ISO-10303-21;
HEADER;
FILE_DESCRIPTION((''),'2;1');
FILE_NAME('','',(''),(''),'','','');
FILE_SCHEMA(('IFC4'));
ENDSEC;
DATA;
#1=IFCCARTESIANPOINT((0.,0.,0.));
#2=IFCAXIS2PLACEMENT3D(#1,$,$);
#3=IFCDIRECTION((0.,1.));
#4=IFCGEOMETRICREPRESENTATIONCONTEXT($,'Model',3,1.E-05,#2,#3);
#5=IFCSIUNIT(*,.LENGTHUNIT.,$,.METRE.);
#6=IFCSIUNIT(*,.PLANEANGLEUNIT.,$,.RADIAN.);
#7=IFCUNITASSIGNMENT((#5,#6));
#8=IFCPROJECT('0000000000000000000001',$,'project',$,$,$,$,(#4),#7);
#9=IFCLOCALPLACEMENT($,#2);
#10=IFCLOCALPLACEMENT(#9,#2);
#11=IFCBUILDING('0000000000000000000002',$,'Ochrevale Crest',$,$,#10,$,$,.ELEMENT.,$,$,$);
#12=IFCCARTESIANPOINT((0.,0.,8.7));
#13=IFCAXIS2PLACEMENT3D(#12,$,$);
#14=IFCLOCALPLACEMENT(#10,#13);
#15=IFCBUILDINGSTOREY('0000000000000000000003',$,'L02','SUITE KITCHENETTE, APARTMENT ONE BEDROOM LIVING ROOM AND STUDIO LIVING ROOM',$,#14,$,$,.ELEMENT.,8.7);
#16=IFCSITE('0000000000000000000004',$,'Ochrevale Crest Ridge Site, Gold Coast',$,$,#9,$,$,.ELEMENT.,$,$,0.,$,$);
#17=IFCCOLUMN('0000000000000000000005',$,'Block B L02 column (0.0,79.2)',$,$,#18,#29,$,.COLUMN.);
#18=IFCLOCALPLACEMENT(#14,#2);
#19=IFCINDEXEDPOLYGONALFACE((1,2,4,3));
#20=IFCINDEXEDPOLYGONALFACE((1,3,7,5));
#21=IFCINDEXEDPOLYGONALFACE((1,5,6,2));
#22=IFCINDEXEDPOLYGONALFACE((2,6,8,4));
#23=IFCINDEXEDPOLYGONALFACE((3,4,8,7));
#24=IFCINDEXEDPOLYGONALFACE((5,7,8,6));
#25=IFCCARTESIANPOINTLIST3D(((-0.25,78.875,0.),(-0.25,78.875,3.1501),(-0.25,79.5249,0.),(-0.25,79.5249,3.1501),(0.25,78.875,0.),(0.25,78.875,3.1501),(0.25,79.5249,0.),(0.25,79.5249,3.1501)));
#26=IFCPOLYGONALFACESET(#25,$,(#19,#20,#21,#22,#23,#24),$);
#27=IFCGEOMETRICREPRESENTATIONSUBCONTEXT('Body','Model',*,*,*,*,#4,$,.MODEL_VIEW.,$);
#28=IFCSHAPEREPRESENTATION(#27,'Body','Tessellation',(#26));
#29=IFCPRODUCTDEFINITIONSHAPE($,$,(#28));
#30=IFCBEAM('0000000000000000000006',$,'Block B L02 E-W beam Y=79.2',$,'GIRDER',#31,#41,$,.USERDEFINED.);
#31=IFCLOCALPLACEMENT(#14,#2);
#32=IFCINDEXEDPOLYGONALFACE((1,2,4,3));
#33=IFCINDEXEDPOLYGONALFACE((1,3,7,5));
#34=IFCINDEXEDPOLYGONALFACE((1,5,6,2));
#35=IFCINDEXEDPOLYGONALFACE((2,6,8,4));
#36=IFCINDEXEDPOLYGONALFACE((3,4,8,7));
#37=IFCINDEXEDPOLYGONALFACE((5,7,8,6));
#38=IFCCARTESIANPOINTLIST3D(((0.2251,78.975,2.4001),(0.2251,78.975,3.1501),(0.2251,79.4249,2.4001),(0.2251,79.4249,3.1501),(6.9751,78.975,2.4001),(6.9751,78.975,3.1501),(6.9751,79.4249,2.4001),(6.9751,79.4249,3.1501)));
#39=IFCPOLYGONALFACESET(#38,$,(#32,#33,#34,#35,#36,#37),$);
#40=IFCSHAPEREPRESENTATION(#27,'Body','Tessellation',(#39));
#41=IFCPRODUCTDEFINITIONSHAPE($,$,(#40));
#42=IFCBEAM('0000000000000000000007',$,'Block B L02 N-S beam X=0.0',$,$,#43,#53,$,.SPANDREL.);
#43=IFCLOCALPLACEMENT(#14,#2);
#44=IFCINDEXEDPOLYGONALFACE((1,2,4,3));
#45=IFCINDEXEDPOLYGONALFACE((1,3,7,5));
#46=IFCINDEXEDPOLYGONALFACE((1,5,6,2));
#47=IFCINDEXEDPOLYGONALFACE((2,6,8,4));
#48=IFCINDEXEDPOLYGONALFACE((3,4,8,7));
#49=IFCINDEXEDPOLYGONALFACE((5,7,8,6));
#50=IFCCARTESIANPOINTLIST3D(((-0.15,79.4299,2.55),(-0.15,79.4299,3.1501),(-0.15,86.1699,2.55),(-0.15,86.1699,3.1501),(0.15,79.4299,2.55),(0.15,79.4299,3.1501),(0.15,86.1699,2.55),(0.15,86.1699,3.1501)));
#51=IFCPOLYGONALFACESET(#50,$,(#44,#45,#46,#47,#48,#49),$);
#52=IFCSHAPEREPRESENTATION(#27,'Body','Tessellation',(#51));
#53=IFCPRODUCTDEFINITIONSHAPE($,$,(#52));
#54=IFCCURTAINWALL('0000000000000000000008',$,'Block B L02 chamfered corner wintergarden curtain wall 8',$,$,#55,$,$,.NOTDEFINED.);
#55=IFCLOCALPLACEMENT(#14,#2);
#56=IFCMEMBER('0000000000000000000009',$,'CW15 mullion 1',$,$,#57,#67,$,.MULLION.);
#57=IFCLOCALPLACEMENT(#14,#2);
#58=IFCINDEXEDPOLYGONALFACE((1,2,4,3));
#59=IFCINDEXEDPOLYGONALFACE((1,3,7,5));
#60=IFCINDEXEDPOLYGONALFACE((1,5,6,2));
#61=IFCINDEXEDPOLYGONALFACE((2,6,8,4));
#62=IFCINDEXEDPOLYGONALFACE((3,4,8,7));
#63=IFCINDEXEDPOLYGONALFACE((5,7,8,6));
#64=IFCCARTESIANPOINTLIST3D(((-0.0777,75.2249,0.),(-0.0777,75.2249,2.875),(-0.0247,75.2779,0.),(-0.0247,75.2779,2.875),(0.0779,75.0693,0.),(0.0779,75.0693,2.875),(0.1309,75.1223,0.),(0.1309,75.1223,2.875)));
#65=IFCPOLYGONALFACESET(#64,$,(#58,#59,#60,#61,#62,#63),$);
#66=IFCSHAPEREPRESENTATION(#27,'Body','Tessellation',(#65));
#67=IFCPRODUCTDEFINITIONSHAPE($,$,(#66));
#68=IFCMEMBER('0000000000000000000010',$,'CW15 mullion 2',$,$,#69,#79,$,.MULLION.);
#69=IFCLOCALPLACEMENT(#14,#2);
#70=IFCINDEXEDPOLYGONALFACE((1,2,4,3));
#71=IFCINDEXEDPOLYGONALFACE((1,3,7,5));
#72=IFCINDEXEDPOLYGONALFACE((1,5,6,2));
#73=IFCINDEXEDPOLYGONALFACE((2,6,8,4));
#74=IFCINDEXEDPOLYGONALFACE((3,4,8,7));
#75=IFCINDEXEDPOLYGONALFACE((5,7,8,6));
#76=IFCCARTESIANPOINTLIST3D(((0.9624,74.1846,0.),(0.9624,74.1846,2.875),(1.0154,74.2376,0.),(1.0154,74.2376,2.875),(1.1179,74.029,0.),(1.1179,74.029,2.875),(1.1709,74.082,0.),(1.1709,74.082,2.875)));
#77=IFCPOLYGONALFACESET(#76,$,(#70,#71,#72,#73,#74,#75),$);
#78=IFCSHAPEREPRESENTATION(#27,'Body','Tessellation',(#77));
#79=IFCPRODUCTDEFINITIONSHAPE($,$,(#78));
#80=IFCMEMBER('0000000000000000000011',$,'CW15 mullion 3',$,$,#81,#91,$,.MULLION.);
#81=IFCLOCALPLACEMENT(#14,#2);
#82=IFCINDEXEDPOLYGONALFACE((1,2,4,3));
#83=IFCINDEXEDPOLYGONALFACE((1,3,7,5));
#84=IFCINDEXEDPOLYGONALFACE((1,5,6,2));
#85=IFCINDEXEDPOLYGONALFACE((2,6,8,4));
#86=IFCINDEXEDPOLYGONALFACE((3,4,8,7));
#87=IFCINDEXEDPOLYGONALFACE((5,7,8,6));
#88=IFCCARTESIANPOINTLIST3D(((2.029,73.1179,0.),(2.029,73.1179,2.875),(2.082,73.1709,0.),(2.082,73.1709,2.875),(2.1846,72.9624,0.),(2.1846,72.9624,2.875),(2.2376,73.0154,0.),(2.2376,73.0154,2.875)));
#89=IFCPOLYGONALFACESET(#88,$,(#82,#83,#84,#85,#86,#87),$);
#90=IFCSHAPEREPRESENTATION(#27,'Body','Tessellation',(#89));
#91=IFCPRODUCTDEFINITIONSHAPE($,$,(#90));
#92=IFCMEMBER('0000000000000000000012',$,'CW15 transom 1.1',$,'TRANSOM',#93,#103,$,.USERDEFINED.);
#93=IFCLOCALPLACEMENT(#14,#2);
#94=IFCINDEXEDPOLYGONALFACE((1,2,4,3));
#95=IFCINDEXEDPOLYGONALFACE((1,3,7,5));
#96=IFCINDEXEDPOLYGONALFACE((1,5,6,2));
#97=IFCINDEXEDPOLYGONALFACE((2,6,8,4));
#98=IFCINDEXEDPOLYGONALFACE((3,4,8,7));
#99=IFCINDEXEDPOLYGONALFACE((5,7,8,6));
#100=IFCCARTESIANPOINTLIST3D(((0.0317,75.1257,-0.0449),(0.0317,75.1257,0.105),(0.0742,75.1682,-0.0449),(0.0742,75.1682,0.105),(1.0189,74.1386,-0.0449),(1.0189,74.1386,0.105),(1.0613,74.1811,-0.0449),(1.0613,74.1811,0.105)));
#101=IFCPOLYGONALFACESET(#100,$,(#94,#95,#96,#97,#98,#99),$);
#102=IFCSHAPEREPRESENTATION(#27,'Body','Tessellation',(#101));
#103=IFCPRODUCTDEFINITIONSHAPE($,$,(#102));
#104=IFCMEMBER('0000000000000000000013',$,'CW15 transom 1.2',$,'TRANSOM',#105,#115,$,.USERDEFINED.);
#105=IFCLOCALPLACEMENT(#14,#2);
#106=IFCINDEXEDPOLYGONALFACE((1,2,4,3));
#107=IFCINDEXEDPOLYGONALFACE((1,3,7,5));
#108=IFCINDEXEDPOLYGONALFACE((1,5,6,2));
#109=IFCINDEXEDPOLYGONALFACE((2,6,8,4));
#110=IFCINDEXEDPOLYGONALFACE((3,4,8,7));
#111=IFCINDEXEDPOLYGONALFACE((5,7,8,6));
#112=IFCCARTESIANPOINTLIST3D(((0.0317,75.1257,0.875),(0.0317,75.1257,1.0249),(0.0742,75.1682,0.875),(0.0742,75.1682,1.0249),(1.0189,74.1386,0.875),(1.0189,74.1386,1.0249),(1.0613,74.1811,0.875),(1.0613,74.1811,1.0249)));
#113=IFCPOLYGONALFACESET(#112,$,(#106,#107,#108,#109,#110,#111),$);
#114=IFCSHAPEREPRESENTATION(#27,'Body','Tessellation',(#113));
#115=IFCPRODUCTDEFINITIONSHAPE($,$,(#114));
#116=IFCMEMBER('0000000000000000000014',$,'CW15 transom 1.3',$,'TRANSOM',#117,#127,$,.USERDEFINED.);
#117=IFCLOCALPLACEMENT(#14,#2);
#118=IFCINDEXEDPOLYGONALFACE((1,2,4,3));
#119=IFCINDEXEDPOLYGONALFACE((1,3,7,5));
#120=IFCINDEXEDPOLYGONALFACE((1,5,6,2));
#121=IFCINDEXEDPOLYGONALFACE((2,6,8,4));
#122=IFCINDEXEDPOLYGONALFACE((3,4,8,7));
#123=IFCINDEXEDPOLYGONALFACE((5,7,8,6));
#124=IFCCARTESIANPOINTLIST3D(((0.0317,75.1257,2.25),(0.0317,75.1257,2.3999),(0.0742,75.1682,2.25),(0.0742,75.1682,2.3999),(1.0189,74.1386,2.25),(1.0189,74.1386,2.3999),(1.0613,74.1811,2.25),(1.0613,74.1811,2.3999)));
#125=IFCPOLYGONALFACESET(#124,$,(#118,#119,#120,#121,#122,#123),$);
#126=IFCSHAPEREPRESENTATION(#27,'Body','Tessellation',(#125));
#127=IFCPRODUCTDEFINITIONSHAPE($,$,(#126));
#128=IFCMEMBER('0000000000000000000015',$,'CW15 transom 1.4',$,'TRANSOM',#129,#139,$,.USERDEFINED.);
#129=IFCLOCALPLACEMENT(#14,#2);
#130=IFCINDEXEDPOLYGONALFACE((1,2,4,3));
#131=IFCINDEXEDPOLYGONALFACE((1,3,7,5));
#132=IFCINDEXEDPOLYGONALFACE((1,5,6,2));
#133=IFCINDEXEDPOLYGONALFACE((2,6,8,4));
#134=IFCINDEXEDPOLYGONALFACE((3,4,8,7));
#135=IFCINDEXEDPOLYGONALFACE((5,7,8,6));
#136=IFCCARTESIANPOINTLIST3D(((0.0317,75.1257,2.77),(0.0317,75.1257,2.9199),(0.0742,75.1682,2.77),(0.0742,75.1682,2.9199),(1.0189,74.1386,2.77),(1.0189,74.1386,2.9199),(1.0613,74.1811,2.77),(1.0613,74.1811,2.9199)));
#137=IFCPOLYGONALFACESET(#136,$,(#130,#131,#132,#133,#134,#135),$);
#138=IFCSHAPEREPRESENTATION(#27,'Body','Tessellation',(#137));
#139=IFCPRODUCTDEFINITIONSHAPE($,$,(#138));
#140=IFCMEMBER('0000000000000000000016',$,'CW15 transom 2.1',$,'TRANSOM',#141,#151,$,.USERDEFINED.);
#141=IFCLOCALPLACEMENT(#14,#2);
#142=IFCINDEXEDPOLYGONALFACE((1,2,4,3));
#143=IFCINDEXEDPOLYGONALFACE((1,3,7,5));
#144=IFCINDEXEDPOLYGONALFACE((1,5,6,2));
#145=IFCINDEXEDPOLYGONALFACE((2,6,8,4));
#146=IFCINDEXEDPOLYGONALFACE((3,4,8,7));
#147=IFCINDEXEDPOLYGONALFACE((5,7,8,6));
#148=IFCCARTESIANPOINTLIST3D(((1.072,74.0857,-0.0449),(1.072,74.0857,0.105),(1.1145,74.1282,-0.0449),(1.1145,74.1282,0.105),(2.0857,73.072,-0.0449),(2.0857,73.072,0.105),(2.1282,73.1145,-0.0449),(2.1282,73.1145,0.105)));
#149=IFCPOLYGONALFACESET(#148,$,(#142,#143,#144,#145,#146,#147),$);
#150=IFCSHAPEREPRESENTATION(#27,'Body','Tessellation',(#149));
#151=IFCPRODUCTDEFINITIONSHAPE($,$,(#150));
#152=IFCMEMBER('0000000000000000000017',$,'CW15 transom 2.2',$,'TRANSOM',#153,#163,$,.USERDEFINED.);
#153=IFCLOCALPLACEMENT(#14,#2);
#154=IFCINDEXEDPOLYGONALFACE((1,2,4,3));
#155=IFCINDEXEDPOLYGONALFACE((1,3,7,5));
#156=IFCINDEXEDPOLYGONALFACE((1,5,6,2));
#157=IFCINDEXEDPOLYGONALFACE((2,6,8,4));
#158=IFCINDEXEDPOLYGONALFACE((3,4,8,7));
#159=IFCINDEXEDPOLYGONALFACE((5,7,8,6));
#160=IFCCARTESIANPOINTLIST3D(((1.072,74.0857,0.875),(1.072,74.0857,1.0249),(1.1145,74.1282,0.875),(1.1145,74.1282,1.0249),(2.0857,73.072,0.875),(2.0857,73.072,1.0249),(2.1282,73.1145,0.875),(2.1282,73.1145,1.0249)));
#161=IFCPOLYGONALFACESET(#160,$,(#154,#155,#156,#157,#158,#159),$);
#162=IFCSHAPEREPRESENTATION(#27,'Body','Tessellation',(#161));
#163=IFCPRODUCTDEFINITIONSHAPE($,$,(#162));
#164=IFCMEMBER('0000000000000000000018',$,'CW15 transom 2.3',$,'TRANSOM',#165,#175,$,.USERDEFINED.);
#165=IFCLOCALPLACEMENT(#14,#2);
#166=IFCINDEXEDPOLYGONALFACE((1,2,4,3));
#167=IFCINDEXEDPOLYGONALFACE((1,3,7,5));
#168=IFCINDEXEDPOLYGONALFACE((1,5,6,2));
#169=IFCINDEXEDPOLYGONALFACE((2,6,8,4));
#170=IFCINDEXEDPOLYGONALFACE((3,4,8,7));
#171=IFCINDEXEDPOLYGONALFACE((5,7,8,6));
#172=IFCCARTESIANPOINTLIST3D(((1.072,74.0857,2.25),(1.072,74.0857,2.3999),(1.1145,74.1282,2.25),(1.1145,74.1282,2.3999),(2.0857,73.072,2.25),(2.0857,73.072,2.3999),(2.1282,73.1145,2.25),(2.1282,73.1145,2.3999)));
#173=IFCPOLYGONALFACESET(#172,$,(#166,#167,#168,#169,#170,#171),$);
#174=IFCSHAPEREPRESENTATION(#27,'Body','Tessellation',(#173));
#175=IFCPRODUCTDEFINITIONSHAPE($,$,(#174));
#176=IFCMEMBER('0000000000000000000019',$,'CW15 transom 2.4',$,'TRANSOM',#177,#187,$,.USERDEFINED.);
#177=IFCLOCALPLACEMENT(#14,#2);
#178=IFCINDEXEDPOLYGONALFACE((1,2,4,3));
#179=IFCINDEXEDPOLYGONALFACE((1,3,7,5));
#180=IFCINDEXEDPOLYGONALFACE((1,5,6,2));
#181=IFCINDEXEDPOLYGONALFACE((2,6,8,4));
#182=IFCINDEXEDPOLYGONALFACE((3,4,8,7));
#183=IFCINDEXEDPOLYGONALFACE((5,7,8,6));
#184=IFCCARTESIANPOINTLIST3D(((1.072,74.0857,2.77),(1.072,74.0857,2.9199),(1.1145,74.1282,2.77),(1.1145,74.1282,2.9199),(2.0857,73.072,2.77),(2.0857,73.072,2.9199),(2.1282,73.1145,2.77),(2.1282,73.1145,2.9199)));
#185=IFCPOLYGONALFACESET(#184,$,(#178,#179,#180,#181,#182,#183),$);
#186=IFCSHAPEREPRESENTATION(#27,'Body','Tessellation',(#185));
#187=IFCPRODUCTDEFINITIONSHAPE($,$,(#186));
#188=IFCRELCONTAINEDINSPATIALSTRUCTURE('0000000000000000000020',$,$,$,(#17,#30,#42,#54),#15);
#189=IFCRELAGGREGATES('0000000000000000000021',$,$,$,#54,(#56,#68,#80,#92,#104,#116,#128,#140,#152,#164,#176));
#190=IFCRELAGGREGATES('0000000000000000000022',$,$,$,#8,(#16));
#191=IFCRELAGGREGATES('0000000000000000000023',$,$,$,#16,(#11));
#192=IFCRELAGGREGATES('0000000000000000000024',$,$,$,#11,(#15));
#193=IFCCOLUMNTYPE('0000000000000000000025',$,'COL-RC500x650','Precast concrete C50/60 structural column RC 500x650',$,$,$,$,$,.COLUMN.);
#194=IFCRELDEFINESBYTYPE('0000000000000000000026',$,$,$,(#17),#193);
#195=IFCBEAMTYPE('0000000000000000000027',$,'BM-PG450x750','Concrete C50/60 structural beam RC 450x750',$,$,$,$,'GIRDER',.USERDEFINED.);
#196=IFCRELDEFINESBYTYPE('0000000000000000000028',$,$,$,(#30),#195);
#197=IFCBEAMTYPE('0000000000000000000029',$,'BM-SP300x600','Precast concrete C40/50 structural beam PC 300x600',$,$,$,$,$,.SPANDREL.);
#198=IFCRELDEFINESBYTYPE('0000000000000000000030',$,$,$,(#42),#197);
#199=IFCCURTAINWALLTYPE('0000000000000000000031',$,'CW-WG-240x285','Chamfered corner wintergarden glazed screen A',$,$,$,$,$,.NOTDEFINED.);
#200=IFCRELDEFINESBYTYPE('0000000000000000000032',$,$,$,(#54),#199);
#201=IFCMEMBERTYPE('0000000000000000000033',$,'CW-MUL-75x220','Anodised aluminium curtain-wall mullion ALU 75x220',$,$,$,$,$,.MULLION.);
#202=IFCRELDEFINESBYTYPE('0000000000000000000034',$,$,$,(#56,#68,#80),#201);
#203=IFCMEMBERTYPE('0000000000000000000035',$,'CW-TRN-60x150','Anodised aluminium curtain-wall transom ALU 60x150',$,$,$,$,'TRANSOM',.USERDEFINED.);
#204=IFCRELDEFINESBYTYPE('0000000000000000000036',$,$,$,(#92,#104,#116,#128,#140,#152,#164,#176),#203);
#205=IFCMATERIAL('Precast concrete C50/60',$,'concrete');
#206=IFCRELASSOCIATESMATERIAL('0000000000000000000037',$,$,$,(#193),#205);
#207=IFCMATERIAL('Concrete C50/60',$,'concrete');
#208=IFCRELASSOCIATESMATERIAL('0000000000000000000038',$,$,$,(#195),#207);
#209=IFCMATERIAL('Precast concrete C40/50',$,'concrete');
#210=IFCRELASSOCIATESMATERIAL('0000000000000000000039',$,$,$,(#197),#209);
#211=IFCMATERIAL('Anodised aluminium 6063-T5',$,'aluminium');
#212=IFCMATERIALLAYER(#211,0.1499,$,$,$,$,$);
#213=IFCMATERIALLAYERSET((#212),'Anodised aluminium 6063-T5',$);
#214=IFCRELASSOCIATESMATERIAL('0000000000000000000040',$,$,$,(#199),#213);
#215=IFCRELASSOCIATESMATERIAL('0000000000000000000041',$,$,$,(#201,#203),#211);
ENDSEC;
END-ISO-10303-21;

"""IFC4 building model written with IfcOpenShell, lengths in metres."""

from ifc_helpers import new_model, si_unit, direction, frame, origin, origin_2d, place, context, subcontext, project, spatial, rectangle, extrude, material, layer, layer_set, material_profile, profile_set, type_object, element, aggregate, save


model = new_model("IFC4")

# Units and contexts
model_context = context("Model", 3, precision=1e-05, world=origin(), true_north=direction((0.0, 1.0)))
body_context = subcontext(model_context, "Body", "Model", "MODEL_VIEW")
ifc_project = project(units=[si_unit("LENGTHUNIT", "METRE"), si_unit("PLANEANGLEUNIT", "RADIAN")], contexts=[model_context])

# Site, building, storey
site_placement = place(None, origin())
site = spatial("IfcSite", under=ifc_project, at=site_placement, Name="Ochrevale Crest Ridge Site, Gold Coast", CompositionType="ELEMENT", RefElevation=0.0)
building_placement = place(site_placement, origin())
building = spatial("IfcBuilding", under=site, at=building_placement, Name="Ochrevale Crest", CompositionType="ELEMENT")
storey_placement = place(building_placement, frame((0.0, 0.0, 8.7)))
storey = spatial("IfcBuildingStorey", under=building, at=storey_placement, Name="L02", Description="SUITE KITCHENETTE, APARTMENT ONE BEDROOM LIVING ROOM AND STUDIO LIVING ROOM", CompositionType="ELEMENT", Elevation=8.7)

# Column
ifc_material_1 = material(Name="Precast concrete C50/60", Category="concrete")
ifc_material_profile_1 = material_profile(ifc_material_1, rectangle(XDim=0.5, YDim=0.6499, at=origin_2d()), Name="RC 500x650")
ifc_profile_set_1 = profile_set([ifc_material_profile_1], Name="Precast concrete C50/60")
column_type = type_object("IfcColumnType", Name="COL-RC500x650", Description="Precast concrete C50/60 structural column RC 500x650", PredefinedType="COLUMN", material=ifc_profile_set_1)
column_placement = place(storey_placement, frame((0.0, 79.2, 0.0), z_axis=(0.0, 0.0, 1.0), x_axis=(1.0, 0.0, 0.0)))
element("IfcColumn", 1, at=column_placement, inside=storey, type_object=column_type, Name="Block B L02 column (0.0,79.2)", PredefinedType="COLUMN", context=body_context, shape_type="SweptSolid", body=[
    extrude(rectangle(XDim=0.5, YDim=0.6499, at=origin_2d()), origin(), (0.0, 0.0, 1.0), 3.1501),
])

# Beams
ifc_material_2 = material(Name="Concrete C50/60", Category="concrete")
ifc_material_profile_2 = material_profile(ifc_material_2, rectangle(XDim=0.45, YDim=0.75, at=origin_2d()), Name="RC 450x750")
ifc_profile_set_2 = profile_set([ifc_material_profile_2], Name="Concrete C50/60")
beam_type_1 = type_object("IfcBeamType", Name="BM-PG450x750", Description="Concrete C50/60 structural beam RC 450x750", ElementType="GIRDER", PredefinedType="USERDEFINED", material=ifc_profile_set_2)
beam_1_placement = place(storey_placement, frame((0.2251, 79.2, 2.7751), z_axis=(1.0, 0.0, 0.0), x_axis=(0.0, 1.0, 0.0)))
element("IfcBeam", 2, at=beam_1_placement, inside=storey, type_object=beam_type_1, Name="Block B L02 E-W beam Y=79.2", ObjectType="GIRDER", PredefinedType="USERDEFINED", context=body_context, shape_type="SweptSolid", body=[
    extrude(rectangle(XDim=0.45, YDim=0.75, at=origin_2d()), origin(), (0.0, 0.0, 1.0), 6.75),
])
ifc_material_3 = material(Name="Precast concrete C40/50", Category="concrete")
ifc_material_profile_3 = material_profile(ifc_material_3, rectangle(XDim=0.3, YDim=0.6001, at=origin_2d()), Name="PC 300x600")
ifc_profile_set_3 = profile_set([ifc_material_profile_3], Name="Precast concrete C40/50")
beam_type_2 = type_object("IfcBeamType", Name="BM-SP300x600", Description="Precast concrete C40/50 structural beam PC 300x600", PredefinedType="SPANDREL", material=ifc_profile_set_3)
beam_2_placement = place(storey_placement, frame((0.0, 79.4299, 2.8501), z_axis=(0.0, 1.0, 0.0), x_axis=(-1.0, 0.0, 0.0)))
element("IfcBeam", 3, at=beam_2_placement, inside=storey, type_object=beam_type_2, Name="Block B L02 N-S beam X=0.0", PredefinedType="SPANDREL", context=body_context, shape_type="SweptSolid", body=[
    extrude(rectangle(XDim=0.3, YDim=0.6001, at=origin_2d()), origin(), (0.0, 0.0, 1.0), 6.74),
])

# Curtain wall, members
ifc_material_4 = material(Name="Anodised aluminium 6063-T5", Category="aluminium")
ifc_layer_1 = layer(ifc_material_4, 0.1499)
ifc_layer_set_1 = layer_set([ifc_layer_1], Name="Anodised aluminium 6063-T5")
curtain_wall_type = type_object("IfcCurtainWallType", Name="CW-WG-240x285", Description="Chamfered corner wintergarden glazed screen A", PredefinedType="NOTDEFINED", material=ifc_layer_set_1)
curtain_wall_placement = place(storey_placement, origin())
curtain_wall = element("IfcCurtainWall", 4, at=curtain_wall_placement, inside=storey, type_object=curtain_wall_type, Name="Block B L02 chamfered corner wintergarden curtain wall 8", PredefinedType="NOTDEFINED")
ifc_material_profile_4 = material_profile(ifc_material_4, rectangle(XDim=0.075, YDim=0.22, at=origin_2d()), Name="ALU 75x220")
ifc_profile_set_4 = profile_set([ifc_material_profile_4], Name="Anodised aluminium 6063-T5")
member_type_1 = type_object("IfcMemberType", Name="CW-MUL-75x220", Description="Anodised aluminium curtain-wall mullion ALU 75x220", PredefinedType="MULLION", material=ifc_profile_set_4)
member_1_placement = place(storey_placement, frame((0.0266, 75.1736, 0.0), z_axis=(0.0, 0.0, 1.0), x_axis=(0.707107, 0.707107, 0.0)))
member_1 = element("IfcMember", 5, at=member_1_placement, type_object=member_type_1, Name="CW15 mullion 1", PredefinedType="MULLION", context=body_context, shape_type="SweptSolid", body=[
    extrude(rectangle(XDim=0.075, YDim=0.22, at=origin_2d()), origin(), (0.0, 0.0, 1.0), 2.875),
])
member_2_placement = place(storey_placement, frame((1.0667, 74.1333, 0.0), z_axis=(0.0, 0.0, 1.0), x_axis=(0.707107, 0.707107, 0.0)))
member_2 = element("IfcMember", 6, at=member_2_placement, type_object=member_type_1, Name="CW15 mullion 2", PredefinedType="MULLION", context=body_context, shape_type="SweptSolid", body=[
    extrude(rectangle(XDim=0.075, YDim=0.22, at=origin_2d()), origin(), (0.0, 0.0, 1.0), 2.875),
])
member_3_placement = place(storey_placement, frame((2.1333, 73.0667, 0.0), z_axis=(0.0, 0.0, 1.0), x_axis=(0.707107, 0.707107, 0.0)))
member_3 = element("IfcMember", 7, at=member_3_placement, type_object=member_type_1, Name="CW15 mullion 3", PredefinedType="MULLION", context=body_context, shape_type="SweptSolid", body=[
    extrude(rectangle(XDim=0.075, YDim=0.22, at=origin_2d()), origin(), (0.0, 0.0, 1.0), 2.875),
])
ifc_material_profile_5 = material_profile(ifc_material_4, rectangle(XDim=0.0601, YDim=0.1499, at=origin_2d()), Name="ALU 60x150")
ifc_profile_set_5 = profile_set([ifc_material_profile_5], Name="Anodised aluminium 6063-T5")
member_type_2 = type_object("IfcMemberType", Name="CW-TRN-60x150", Description="Anodised aluminium curtain-wall transom ALU 60x150", ElementType="TRANSOM", PredefinedType="USERDEFINED", material=ifc_profile_set_5)
member_4_placement = place(storey_placement, frame((0.053, 75.147, 0.03), z_axis=(0.707107, -0.707107, 0.0), x_axis=(0.707107, 0.707107, 0.0)))
member_4 = element("IfcMember", 8, at=member_4_placement, type_object=member_type_2, Name="CW15 transom 1.1", ObjectType="TRANSOM", PredefinedType="USERDEFINED", context=body_context, shape_type="SweptSolid", body=[
    extrude(rectangle(XDim=0.0601, YDim=0.1499, at=origin_2d()), origin(), (0.0, 0.0, 1.0), 1.396),
])
member_5_placement = place(storey_placement, frame((0.053, 75.147, 0.95), z_axis=(0.707107, -0.707107, 0.0), x_axis=(0.707107, 0.707107, 0.0)))
member_5 = element("IfcMember", 9, at=member_5_placement, type_object=member_type_2, Name="CW15 transom 1.2", ObjectType="TRANSOM", PredefinedType="USERDEFINED", context=body_context, shape_type="SweptSolid", body=[
    extrude(rectangle(XDim=0.0601, YDim=0.1499, at=origin_2d()), origin(), (0.0, 0.0, 1.0), 1.396),
])
member_6_placement = place(storey_placement, frame((0.053, 75.147, 2.325), z_axis=(0.707107, -0.707107, 0.0), x_axis=(0.707107, 0.707107, 0.0)))
member_6 = element("IfcMember", 10, at=member_6_placement, type_object=member_type_2, Name="CW15 transom 1.3", ObjectType="TRANSOM", PredefinedType="USERDEFINED", context=body_context, shape_type="SweptSolid", body=[
    extrude(rectangle(XDim=0.0601, YDim=0.1499, at=origin_2d()), origin(), (0.0, 0.0, 1.0), 1.396),
])
member_7_placement = place(storey_placement, frame((0.053, 75.147, 2.845), z_axis=(0.707107, -0.707107, 0.0), x_axis=(0.707107, 0.707107, 0.0)))
member_7 = element("IfcMember", 11, at=member_7_placement, type_object=member_type_2, Name="CW15 transom 1.4", ObjectType="TRANSOM", PredefinedType="USERDEFINED", context=body_context, shape_type="SweptSolid", body=[
    extrude(rectangle(XDim=0.0601, YDim=0.1499, at=origin_2d()), origin(), (0.0, 0.0, 1.0), 1.396),
])
member_8_placement = place(storey_placement, frame((1.0933, 74.1069, 0.03), z_axis=(0.707107, -0.707107, 0.0), x_axis=(0.707107, 0.707107, 0.0)))
member_8 = element("IfcMember", 12, at=member_8_placement, type_object=member_type_2, Name="CW15 transom 2.1", ObjectType="TRANSOM", PredefinedType="USERDEFINED", context=body_context, shape_type="SweptSolid", body=[
    extrude(rectangle(XDim=0.0601, YDim=0.1499, at=origin_2d()), origin(), (0.0, 0.0, 1.0), 1.4336),
])
member_9_placement = place(storey_placement, frame((1.0933, 74.1069, 0.95), z_axis=(0.707107, -0.707107, 0.0), x_axis=(0.707107, 0.707107, 0.0)))
member_9 = element("IfcMember", 13, at=member_9_placement, type_object=member_type_2, Name="CW15 transom 2.2", ObjectType="TRANSOM", PredefinedType="USERDEFINED", context=body_context, shape_type="SweptSolid", body=[
    extrude(rectangle(XDim=0.0601, YDim=0.1499, at=origin_2d()), origin(), (0.0, 0.0, 1.0), 1.4336),
])
member_10_placement = place(storey_placement, frame((1.0933, 74.1069, 2.325), z_axis=(0.707107, -0.707107, 0.0), x_axis=(0.707107, 0.707107, 0.0)))
member_10 = element("IfcMember", 14, at=member_10_placement, type_object=member_type_2, Name="CW15 transom 2.3", ObjectType="TRANSOM", PredefinedType="USERDEFINED", context=body_context, shape_type="SweptSolid", body=[
    extrude(rectangle(XDim=0.0601, YDim=0.1499, at=origin_2d()), origin(), (0.0, 0.0, 1.0), 1.4336),
])
member_11_placement = place(storey_placement, frame((1.0933, 74.1069, 2.845), z_axis=(0.707107, -0.707107, 0.0), x_axis=(0.707107, 0.707107, 0.0)))
member_11 = element("IfcMember", 15, at=member_11_placement, type_object=member_type_2, Name="CW15 transom 2.4", ObjectType="TRANSOM", PredefinedType="USERDEFINED", context=body_context, shape_type="SweptSolid", body=[
    extrude(rectangle(XDim=0.0601, YDim=0.1499, at=origin_2d()), origin(), (0.0, 0.0, 1.0), 1.4336),
])
aggregate(curtain_wall, [member_1, member_2, member_3, member_4, member_5, member_6, member_7, member_8, member_9, member_10, member_11])

save(model, "model.ifc")
